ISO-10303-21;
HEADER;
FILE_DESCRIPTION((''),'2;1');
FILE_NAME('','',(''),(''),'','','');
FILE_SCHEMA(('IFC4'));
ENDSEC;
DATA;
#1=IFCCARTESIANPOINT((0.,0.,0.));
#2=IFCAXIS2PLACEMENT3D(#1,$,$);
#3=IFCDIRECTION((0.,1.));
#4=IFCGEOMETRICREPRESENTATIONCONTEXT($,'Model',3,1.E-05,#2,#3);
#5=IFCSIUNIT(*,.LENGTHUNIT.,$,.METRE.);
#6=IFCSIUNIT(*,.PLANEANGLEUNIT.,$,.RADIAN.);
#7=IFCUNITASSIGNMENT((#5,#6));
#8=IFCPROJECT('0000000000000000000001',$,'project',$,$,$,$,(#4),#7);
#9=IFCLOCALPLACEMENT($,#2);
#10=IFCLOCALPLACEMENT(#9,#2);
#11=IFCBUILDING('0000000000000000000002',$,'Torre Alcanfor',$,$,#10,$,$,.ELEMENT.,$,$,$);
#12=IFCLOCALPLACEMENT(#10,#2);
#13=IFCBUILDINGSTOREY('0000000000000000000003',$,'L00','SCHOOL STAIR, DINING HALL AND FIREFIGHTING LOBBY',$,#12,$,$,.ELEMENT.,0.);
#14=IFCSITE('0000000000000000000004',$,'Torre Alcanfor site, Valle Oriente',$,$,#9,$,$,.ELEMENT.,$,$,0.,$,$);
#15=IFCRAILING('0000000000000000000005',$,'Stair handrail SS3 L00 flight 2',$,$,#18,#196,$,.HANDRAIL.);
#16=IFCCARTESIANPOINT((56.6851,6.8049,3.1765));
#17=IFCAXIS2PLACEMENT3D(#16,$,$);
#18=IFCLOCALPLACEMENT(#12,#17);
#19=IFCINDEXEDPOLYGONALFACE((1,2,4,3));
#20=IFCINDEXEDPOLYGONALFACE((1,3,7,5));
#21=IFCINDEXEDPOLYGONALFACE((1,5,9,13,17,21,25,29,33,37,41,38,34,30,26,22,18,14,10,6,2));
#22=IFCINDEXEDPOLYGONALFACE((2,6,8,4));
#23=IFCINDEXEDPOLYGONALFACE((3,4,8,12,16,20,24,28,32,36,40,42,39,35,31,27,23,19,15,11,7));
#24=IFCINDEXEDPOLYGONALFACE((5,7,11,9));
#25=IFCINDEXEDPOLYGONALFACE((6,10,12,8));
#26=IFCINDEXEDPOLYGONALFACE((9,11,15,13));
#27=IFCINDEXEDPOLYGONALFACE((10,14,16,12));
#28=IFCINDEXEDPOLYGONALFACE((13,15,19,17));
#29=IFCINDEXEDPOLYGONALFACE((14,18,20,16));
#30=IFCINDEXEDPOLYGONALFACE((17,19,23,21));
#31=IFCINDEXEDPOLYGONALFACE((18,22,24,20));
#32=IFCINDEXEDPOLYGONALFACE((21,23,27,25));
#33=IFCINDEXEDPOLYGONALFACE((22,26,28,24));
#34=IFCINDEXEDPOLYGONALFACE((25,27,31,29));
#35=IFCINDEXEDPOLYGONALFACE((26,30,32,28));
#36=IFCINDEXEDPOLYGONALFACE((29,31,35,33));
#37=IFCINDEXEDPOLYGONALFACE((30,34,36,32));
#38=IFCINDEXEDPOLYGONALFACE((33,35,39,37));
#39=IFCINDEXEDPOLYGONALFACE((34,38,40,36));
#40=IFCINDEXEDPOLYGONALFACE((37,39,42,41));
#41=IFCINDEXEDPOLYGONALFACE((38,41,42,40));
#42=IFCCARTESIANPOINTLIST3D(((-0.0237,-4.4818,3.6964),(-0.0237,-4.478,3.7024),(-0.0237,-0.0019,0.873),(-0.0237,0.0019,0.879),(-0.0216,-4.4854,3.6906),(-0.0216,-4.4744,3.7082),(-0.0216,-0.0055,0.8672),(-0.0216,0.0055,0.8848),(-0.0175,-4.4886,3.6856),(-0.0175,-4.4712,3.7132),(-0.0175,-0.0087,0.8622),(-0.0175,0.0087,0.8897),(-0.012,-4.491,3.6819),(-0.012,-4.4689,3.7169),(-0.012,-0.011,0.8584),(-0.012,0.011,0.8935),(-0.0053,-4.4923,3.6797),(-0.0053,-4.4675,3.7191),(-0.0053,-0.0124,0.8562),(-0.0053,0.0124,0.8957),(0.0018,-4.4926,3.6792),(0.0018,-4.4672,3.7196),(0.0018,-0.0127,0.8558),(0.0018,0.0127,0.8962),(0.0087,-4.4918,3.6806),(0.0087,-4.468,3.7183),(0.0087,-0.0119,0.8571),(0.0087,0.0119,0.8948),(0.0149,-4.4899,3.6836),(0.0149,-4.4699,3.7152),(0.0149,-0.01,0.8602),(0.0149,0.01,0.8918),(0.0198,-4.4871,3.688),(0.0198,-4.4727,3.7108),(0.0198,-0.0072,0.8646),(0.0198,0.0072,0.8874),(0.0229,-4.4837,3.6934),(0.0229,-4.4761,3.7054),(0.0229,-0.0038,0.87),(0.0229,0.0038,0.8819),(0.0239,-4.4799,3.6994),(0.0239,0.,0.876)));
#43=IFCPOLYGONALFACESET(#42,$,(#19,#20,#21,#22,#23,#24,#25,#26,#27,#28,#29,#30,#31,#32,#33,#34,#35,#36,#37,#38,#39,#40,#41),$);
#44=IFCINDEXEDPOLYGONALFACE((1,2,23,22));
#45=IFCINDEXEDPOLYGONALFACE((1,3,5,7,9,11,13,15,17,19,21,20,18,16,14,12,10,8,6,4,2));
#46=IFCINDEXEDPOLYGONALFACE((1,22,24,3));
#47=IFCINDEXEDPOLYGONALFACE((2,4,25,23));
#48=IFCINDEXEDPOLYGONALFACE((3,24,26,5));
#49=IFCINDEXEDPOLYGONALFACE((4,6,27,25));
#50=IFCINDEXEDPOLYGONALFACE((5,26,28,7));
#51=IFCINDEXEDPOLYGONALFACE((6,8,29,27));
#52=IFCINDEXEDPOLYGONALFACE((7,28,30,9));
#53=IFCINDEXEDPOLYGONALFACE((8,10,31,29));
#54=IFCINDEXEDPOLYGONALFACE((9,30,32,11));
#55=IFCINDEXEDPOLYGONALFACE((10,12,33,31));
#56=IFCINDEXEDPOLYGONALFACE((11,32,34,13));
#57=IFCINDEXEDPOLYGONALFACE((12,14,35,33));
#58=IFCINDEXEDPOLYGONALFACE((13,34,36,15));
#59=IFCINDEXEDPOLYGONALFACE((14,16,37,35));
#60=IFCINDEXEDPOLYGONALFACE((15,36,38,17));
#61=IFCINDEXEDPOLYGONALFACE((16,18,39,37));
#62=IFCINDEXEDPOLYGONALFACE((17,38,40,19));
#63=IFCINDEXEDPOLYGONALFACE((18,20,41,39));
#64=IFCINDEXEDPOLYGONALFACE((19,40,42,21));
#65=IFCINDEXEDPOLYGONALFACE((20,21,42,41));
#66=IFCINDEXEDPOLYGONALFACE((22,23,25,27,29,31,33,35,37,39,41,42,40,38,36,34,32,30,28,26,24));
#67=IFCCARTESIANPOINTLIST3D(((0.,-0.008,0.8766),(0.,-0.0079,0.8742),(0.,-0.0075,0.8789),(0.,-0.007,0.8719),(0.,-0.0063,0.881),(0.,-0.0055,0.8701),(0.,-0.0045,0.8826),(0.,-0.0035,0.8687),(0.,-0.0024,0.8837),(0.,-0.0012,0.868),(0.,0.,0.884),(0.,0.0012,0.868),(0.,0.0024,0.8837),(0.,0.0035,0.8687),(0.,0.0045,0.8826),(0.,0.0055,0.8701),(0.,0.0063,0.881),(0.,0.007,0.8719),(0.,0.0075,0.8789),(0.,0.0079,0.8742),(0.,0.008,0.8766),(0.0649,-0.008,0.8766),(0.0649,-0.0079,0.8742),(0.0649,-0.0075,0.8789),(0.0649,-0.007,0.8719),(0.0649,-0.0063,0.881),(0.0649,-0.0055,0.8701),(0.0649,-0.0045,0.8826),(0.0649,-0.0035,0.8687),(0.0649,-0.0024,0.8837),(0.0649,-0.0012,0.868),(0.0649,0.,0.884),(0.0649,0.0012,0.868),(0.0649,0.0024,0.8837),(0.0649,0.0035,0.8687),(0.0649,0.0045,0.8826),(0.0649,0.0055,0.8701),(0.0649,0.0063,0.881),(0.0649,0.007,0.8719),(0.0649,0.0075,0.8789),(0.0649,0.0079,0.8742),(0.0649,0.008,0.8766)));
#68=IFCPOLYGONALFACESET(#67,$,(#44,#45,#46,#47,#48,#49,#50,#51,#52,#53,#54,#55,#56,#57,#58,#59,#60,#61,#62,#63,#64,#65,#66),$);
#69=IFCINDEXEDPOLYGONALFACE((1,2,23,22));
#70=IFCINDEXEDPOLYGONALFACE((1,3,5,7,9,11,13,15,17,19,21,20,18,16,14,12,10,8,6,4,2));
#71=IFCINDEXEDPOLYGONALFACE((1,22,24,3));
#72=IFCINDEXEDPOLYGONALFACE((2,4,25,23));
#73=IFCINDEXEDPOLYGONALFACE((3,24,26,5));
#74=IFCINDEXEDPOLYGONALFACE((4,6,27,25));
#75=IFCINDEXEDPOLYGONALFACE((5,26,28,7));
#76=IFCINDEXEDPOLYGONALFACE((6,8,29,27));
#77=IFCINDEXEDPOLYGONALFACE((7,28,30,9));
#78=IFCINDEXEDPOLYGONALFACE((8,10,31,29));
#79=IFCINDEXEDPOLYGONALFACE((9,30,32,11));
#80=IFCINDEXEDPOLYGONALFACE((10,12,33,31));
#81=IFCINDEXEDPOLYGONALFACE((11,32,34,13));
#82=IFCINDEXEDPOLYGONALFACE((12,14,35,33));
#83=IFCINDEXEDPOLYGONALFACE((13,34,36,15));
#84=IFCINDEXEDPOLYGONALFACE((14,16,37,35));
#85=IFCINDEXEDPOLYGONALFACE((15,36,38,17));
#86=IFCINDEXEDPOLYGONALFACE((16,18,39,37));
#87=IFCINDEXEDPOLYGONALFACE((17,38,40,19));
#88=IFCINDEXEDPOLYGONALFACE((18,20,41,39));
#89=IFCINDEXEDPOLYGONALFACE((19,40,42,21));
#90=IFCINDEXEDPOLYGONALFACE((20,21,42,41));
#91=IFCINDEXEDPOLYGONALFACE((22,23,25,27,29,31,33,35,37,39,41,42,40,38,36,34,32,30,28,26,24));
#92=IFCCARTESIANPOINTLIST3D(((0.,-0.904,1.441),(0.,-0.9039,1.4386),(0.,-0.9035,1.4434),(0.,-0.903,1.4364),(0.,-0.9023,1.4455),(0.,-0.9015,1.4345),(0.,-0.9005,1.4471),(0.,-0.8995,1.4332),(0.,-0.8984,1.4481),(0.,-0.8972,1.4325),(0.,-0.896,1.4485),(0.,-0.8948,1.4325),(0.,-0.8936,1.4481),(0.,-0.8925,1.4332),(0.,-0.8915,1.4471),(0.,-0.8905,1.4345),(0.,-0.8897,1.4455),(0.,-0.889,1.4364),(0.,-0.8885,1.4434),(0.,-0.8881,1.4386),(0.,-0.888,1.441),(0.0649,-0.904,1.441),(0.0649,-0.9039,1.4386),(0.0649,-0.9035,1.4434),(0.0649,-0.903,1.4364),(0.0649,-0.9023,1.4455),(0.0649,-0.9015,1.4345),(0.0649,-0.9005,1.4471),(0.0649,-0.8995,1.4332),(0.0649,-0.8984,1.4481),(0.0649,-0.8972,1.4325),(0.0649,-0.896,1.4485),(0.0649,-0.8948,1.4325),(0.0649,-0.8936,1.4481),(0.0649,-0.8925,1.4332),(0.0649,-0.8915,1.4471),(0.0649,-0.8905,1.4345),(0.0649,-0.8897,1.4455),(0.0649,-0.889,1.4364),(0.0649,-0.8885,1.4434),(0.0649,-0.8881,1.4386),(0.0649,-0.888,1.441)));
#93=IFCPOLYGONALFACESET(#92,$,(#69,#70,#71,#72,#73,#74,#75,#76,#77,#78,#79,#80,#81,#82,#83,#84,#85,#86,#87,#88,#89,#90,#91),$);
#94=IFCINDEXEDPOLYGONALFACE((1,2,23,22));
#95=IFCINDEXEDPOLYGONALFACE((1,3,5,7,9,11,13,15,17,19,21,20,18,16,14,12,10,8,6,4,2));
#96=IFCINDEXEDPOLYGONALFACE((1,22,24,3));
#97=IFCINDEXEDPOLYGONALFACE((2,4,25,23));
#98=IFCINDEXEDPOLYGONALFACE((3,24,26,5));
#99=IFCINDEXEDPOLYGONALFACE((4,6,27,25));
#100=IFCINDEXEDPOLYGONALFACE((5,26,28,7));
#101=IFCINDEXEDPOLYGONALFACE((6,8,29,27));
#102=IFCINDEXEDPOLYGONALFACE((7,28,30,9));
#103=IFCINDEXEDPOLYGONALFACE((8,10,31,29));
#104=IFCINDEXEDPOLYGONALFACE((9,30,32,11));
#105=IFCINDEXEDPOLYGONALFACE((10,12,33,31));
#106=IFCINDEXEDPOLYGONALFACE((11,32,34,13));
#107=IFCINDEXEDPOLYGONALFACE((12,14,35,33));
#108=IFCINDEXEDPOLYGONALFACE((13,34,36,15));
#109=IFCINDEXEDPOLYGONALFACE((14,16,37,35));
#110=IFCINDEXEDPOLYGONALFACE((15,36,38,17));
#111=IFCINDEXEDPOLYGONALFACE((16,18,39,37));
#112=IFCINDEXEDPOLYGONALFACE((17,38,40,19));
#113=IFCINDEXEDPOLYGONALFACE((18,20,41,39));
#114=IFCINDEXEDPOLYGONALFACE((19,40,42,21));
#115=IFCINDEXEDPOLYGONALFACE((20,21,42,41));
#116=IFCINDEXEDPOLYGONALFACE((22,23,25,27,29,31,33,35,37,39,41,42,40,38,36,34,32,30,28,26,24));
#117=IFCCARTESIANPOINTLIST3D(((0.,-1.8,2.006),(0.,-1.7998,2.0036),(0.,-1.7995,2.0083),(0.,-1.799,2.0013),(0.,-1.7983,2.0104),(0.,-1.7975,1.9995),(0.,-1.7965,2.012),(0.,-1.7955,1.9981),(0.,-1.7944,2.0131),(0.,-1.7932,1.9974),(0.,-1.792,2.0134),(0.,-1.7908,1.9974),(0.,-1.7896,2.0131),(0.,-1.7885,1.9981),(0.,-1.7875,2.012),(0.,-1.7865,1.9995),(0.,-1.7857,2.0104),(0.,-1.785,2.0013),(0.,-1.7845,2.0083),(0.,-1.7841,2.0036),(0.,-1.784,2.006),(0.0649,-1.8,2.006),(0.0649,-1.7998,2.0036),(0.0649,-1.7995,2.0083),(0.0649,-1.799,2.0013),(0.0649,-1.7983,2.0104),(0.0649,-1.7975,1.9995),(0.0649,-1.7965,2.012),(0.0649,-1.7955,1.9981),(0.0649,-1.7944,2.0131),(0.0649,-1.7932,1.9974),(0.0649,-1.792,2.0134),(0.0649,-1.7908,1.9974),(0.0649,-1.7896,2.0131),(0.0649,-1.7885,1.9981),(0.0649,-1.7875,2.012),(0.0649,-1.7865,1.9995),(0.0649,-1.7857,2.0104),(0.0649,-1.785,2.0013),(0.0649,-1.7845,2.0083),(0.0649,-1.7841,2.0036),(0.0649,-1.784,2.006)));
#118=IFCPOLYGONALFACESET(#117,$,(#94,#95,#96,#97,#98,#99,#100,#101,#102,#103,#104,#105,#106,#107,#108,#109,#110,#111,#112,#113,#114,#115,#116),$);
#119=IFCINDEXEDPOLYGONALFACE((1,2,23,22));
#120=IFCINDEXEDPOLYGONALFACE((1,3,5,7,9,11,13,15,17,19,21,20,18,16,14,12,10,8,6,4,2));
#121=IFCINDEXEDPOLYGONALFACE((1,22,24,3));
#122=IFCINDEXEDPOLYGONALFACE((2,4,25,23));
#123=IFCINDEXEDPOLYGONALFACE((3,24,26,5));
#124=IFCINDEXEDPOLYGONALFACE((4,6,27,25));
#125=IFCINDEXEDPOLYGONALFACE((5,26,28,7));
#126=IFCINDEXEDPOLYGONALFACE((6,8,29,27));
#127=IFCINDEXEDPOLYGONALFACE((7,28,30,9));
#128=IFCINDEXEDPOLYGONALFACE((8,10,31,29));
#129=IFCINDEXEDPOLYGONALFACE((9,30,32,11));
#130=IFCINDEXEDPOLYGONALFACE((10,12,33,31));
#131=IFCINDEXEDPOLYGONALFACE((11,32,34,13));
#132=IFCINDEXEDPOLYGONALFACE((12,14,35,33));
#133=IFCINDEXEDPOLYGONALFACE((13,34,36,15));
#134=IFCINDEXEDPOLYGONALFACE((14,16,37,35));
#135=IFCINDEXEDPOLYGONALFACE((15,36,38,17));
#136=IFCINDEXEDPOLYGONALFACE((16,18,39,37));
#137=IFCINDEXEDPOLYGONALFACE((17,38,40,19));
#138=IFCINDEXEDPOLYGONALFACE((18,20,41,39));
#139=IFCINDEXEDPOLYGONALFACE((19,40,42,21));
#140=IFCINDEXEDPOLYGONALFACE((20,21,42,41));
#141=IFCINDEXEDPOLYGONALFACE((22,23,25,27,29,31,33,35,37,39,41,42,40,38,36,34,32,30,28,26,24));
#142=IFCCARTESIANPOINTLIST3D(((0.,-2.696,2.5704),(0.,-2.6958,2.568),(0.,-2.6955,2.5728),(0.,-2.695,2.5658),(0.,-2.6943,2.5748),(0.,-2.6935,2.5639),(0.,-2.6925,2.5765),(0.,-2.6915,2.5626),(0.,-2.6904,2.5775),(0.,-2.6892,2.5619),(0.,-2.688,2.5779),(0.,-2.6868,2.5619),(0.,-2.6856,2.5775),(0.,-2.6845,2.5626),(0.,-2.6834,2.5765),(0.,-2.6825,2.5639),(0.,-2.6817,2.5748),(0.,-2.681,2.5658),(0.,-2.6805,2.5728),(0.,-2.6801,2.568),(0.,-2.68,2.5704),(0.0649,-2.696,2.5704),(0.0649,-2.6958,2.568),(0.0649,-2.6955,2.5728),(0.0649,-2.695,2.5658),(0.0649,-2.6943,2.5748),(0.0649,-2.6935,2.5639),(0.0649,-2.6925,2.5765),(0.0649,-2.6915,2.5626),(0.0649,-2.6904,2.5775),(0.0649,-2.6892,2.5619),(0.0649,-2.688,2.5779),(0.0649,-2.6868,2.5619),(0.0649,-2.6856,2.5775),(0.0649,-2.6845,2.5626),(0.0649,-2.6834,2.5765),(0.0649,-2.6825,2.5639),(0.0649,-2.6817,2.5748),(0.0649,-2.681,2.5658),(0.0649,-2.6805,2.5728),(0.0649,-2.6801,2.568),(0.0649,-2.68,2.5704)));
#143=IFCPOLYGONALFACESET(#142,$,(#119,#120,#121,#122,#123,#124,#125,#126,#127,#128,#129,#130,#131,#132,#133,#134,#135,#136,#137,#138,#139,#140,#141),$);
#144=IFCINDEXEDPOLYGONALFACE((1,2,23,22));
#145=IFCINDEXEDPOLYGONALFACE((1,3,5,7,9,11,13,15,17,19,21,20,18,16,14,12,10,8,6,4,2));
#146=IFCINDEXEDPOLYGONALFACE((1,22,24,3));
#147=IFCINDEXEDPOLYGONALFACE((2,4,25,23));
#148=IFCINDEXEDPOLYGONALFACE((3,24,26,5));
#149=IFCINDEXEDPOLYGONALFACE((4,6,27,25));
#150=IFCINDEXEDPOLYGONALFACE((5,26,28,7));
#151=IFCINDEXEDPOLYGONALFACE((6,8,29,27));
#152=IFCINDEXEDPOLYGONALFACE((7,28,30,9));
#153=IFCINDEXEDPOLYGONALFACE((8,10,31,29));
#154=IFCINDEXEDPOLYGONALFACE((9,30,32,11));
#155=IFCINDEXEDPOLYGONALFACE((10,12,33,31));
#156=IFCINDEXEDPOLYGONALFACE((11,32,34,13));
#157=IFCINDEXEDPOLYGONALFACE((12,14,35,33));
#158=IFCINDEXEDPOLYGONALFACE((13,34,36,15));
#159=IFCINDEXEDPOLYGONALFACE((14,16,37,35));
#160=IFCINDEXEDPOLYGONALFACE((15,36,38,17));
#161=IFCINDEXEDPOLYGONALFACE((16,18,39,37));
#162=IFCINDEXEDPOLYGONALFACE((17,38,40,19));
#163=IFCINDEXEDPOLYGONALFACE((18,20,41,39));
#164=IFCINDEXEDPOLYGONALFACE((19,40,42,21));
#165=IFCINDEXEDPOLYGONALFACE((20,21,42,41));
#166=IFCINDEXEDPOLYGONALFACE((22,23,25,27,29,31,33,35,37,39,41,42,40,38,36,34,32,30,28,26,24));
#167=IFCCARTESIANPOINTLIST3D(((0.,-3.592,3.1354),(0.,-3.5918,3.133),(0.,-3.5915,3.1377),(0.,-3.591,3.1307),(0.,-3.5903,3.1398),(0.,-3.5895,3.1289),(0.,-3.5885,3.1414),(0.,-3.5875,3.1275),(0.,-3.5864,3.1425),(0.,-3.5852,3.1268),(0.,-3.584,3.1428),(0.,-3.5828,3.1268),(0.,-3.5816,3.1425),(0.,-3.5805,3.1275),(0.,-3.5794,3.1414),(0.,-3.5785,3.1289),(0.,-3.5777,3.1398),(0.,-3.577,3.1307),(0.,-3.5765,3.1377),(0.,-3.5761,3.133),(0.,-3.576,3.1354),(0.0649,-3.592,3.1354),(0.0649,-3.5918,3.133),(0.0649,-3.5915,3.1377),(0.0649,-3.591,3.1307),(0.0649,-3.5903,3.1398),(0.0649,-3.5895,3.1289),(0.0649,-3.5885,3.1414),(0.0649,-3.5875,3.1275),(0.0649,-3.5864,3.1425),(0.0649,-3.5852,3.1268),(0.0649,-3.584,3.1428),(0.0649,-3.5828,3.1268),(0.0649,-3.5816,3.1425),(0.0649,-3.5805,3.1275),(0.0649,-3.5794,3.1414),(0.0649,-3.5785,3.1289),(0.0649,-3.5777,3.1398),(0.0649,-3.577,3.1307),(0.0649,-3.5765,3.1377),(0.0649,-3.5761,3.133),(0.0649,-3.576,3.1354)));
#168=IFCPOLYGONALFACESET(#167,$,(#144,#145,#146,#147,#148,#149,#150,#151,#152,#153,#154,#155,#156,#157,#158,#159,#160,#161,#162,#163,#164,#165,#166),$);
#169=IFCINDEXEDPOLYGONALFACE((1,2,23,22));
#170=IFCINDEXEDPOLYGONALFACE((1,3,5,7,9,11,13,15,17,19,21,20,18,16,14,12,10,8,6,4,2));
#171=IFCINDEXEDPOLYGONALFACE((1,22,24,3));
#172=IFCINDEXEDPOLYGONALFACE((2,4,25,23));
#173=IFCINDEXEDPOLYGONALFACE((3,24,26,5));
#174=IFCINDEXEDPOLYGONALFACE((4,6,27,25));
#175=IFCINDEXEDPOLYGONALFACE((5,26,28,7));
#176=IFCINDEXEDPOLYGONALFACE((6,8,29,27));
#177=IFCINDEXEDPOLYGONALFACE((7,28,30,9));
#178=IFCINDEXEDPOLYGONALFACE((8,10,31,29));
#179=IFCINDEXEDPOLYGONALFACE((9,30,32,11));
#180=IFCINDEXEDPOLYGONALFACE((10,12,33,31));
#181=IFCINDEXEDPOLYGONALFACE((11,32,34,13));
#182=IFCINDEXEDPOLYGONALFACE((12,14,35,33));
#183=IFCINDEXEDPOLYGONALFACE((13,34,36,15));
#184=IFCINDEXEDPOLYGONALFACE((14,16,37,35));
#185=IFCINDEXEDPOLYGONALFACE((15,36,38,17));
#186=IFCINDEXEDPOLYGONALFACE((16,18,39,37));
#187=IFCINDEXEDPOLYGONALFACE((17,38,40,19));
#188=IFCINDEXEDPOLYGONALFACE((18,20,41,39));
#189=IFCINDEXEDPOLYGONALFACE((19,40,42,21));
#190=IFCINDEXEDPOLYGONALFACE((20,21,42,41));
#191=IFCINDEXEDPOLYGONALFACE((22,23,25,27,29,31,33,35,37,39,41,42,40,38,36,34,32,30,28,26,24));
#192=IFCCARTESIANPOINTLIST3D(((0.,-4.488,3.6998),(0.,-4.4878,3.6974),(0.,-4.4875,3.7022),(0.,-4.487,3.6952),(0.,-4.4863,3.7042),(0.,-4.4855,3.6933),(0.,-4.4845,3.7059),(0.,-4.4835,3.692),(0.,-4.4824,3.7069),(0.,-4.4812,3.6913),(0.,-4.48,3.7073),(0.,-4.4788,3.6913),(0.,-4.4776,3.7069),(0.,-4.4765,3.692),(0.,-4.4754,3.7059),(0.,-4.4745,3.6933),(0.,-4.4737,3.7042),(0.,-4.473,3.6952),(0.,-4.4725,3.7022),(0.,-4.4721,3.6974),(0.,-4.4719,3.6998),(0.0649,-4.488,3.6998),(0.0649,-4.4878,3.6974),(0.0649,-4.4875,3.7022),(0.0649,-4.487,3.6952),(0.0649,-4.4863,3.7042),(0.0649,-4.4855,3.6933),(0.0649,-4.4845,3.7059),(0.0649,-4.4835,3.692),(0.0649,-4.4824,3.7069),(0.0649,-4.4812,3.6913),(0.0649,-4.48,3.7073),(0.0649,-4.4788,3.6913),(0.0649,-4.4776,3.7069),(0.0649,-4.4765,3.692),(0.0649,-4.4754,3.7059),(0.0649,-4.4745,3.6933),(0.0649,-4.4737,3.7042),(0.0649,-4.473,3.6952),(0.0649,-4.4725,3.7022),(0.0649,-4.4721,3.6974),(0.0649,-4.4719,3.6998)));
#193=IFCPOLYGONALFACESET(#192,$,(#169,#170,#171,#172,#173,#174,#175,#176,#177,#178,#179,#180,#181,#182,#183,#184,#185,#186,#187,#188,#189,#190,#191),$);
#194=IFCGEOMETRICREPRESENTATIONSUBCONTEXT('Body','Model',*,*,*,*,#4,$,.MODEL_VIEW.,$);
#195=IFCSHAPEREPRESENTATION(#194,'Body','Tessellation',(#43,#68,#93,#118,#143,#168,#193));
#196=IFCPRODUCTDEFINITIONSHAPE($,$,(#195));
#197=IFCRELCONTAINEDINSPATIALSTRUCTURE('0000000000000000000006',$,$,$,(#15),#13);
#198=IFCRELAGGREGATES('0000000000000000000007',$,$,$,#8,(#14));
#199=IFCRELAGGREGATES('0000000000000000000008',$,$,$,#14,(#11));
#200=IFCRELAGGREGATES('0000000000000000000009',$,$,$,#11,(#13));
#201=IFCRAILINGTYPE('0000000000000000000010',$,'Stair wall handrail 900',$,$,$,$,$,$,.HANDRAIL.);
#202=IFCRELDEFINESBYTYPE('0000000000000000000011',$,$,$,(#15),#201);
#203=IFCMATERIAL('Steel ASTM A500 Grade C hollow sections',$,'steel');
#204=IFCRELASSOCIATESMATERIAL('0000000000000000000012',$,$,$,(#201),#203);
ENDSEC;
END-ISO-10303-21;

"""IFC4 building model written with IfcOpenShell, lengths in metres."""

from ifc_helpers import new_model, si_unit, direction, frame, origin, origin_2d, place, context, subcontext, project, spatial, circle, extrude, material, type_object, element, save


model = new_model("IFC4")

# Units and contexts
model_context = context("Model", 3, precision=1e-05, world=origin(), true_north=direction((0.0, 1.0)))
body_context = subcontext(model_context, "Body", "Model", "MODEL_VIEW")
ifc_project = project(units=[si_unit("LENGTHUNIT", "METRE"), si_unit("PLANEANGLEUNIT", "RADIAN")], contexts=[model_context])

# Site, building, storey
site_placement = place(None, origin())
site = spatial("IfcSite", under=ifc_project, at=site_placement, Name="Torre Alcanfor site, Valle Oriente", CompositionType="ELEMENT", RefElevation=0.0)
building_placement = place(site_placement, origin())
building = spatial("IfcBuilding", under=site, at=building_placement, Name="Torre Alcanfor", CompositionType="ELEMENT")
storey_placement = place(building_placement, origin())
storey = spatial("IfcBuildingStorey", under=building, at=storey_placement, Name="L00", Description="SCHOOL STAIR, DINING HALL AND FIREFIGHTING LOBBY", CompositionType="ELEMENT", Elevation=0.0)

# Railing
ifc_material_1 = material(Name="Steel ASTM A500 Grade C hollow sections", Category="steel")
railing_type_1 = type_object("IfcRailingType", Name="Stair wall handrail 900", PredefinedType="HANDRAIL", material=ifc_material_1)
railing_1_placement = place(storey_placement, frame((56.6851, 6.8049, 3.1765)))
element("IfcRailing", 1, at=railing_1_placement, inside=storey, type_object=railing_type_1, Name="Stair handrail SS3 L00 flight 2", PredefinedType="HANDRAIL", context=body_context, shape_type="SweptSolid", body=[
    extrude(circle(Radius=0.0239, at=origin_2d()), frame((0.0, 0.0, 0.876), z_axis=(0.0, -0.845998, 0.533186), x_axis=(1.0, 0.0, 0.0)), (0.0, 0.0, 1.0), 5.2954),
    extrude(circle(Radius=0.0081, at=origin_2d()), frame((0.0, 0.0, 0.876), z_axis=(1.0, 0.0, 0.0), x_axis=(0.0, 0.0, 1.0)), (0.0, 0.0, 1.0), 0.0649),
    extrude(circle(Radius=0.0081, at=origin_2d()), frame((0.0, -0.896, 1.4404), z_axis=(1.0, 0.0, 0.0), x_axis=(0.0, 0.0, 1.0)), (0.0, 0.0, 1.0), 0.0649),
    extrude(circle(Radius=0.0081, at=origin_2d()), frame((0.0, -1.792, 2.0054), z_axis=(1.0, 0.0, 0.0), x_axis=(0.0, 0.0, 1.0)), (0.0, 0.0, 1.0), 0.0649),
    extrude(circle(Radius=0.0081, at=origin_2d()), frame((0.0, -2.688, 2.5698), z_axis=(1.0, 0.0, 0.0), x_axis=(0.0, 0.0, 1.0)), (0.0, 0.0, 1.0), 0.0649),
    extrude(circle(Radius=0.0081, at=origin_2d()), frame((0.0, -3.584, 3.1348), z_axis=(1.0, 0.0, 0.0), x_axis=(0.0, 0.0, 1.0)), (0.0, 0.0, 1.0), 0.0649),
    extrude(circle(Radius=0.0081, at=origin_2d()), frame((0.0, -4.48, 3.6992), z_axis=(1.0, 0.0, 0.0), x_axis=(0.0, 0.0, 1.0)), (0.0, 0.0, 1.0), 0.0649),
])

save(model, "model.ifc")
